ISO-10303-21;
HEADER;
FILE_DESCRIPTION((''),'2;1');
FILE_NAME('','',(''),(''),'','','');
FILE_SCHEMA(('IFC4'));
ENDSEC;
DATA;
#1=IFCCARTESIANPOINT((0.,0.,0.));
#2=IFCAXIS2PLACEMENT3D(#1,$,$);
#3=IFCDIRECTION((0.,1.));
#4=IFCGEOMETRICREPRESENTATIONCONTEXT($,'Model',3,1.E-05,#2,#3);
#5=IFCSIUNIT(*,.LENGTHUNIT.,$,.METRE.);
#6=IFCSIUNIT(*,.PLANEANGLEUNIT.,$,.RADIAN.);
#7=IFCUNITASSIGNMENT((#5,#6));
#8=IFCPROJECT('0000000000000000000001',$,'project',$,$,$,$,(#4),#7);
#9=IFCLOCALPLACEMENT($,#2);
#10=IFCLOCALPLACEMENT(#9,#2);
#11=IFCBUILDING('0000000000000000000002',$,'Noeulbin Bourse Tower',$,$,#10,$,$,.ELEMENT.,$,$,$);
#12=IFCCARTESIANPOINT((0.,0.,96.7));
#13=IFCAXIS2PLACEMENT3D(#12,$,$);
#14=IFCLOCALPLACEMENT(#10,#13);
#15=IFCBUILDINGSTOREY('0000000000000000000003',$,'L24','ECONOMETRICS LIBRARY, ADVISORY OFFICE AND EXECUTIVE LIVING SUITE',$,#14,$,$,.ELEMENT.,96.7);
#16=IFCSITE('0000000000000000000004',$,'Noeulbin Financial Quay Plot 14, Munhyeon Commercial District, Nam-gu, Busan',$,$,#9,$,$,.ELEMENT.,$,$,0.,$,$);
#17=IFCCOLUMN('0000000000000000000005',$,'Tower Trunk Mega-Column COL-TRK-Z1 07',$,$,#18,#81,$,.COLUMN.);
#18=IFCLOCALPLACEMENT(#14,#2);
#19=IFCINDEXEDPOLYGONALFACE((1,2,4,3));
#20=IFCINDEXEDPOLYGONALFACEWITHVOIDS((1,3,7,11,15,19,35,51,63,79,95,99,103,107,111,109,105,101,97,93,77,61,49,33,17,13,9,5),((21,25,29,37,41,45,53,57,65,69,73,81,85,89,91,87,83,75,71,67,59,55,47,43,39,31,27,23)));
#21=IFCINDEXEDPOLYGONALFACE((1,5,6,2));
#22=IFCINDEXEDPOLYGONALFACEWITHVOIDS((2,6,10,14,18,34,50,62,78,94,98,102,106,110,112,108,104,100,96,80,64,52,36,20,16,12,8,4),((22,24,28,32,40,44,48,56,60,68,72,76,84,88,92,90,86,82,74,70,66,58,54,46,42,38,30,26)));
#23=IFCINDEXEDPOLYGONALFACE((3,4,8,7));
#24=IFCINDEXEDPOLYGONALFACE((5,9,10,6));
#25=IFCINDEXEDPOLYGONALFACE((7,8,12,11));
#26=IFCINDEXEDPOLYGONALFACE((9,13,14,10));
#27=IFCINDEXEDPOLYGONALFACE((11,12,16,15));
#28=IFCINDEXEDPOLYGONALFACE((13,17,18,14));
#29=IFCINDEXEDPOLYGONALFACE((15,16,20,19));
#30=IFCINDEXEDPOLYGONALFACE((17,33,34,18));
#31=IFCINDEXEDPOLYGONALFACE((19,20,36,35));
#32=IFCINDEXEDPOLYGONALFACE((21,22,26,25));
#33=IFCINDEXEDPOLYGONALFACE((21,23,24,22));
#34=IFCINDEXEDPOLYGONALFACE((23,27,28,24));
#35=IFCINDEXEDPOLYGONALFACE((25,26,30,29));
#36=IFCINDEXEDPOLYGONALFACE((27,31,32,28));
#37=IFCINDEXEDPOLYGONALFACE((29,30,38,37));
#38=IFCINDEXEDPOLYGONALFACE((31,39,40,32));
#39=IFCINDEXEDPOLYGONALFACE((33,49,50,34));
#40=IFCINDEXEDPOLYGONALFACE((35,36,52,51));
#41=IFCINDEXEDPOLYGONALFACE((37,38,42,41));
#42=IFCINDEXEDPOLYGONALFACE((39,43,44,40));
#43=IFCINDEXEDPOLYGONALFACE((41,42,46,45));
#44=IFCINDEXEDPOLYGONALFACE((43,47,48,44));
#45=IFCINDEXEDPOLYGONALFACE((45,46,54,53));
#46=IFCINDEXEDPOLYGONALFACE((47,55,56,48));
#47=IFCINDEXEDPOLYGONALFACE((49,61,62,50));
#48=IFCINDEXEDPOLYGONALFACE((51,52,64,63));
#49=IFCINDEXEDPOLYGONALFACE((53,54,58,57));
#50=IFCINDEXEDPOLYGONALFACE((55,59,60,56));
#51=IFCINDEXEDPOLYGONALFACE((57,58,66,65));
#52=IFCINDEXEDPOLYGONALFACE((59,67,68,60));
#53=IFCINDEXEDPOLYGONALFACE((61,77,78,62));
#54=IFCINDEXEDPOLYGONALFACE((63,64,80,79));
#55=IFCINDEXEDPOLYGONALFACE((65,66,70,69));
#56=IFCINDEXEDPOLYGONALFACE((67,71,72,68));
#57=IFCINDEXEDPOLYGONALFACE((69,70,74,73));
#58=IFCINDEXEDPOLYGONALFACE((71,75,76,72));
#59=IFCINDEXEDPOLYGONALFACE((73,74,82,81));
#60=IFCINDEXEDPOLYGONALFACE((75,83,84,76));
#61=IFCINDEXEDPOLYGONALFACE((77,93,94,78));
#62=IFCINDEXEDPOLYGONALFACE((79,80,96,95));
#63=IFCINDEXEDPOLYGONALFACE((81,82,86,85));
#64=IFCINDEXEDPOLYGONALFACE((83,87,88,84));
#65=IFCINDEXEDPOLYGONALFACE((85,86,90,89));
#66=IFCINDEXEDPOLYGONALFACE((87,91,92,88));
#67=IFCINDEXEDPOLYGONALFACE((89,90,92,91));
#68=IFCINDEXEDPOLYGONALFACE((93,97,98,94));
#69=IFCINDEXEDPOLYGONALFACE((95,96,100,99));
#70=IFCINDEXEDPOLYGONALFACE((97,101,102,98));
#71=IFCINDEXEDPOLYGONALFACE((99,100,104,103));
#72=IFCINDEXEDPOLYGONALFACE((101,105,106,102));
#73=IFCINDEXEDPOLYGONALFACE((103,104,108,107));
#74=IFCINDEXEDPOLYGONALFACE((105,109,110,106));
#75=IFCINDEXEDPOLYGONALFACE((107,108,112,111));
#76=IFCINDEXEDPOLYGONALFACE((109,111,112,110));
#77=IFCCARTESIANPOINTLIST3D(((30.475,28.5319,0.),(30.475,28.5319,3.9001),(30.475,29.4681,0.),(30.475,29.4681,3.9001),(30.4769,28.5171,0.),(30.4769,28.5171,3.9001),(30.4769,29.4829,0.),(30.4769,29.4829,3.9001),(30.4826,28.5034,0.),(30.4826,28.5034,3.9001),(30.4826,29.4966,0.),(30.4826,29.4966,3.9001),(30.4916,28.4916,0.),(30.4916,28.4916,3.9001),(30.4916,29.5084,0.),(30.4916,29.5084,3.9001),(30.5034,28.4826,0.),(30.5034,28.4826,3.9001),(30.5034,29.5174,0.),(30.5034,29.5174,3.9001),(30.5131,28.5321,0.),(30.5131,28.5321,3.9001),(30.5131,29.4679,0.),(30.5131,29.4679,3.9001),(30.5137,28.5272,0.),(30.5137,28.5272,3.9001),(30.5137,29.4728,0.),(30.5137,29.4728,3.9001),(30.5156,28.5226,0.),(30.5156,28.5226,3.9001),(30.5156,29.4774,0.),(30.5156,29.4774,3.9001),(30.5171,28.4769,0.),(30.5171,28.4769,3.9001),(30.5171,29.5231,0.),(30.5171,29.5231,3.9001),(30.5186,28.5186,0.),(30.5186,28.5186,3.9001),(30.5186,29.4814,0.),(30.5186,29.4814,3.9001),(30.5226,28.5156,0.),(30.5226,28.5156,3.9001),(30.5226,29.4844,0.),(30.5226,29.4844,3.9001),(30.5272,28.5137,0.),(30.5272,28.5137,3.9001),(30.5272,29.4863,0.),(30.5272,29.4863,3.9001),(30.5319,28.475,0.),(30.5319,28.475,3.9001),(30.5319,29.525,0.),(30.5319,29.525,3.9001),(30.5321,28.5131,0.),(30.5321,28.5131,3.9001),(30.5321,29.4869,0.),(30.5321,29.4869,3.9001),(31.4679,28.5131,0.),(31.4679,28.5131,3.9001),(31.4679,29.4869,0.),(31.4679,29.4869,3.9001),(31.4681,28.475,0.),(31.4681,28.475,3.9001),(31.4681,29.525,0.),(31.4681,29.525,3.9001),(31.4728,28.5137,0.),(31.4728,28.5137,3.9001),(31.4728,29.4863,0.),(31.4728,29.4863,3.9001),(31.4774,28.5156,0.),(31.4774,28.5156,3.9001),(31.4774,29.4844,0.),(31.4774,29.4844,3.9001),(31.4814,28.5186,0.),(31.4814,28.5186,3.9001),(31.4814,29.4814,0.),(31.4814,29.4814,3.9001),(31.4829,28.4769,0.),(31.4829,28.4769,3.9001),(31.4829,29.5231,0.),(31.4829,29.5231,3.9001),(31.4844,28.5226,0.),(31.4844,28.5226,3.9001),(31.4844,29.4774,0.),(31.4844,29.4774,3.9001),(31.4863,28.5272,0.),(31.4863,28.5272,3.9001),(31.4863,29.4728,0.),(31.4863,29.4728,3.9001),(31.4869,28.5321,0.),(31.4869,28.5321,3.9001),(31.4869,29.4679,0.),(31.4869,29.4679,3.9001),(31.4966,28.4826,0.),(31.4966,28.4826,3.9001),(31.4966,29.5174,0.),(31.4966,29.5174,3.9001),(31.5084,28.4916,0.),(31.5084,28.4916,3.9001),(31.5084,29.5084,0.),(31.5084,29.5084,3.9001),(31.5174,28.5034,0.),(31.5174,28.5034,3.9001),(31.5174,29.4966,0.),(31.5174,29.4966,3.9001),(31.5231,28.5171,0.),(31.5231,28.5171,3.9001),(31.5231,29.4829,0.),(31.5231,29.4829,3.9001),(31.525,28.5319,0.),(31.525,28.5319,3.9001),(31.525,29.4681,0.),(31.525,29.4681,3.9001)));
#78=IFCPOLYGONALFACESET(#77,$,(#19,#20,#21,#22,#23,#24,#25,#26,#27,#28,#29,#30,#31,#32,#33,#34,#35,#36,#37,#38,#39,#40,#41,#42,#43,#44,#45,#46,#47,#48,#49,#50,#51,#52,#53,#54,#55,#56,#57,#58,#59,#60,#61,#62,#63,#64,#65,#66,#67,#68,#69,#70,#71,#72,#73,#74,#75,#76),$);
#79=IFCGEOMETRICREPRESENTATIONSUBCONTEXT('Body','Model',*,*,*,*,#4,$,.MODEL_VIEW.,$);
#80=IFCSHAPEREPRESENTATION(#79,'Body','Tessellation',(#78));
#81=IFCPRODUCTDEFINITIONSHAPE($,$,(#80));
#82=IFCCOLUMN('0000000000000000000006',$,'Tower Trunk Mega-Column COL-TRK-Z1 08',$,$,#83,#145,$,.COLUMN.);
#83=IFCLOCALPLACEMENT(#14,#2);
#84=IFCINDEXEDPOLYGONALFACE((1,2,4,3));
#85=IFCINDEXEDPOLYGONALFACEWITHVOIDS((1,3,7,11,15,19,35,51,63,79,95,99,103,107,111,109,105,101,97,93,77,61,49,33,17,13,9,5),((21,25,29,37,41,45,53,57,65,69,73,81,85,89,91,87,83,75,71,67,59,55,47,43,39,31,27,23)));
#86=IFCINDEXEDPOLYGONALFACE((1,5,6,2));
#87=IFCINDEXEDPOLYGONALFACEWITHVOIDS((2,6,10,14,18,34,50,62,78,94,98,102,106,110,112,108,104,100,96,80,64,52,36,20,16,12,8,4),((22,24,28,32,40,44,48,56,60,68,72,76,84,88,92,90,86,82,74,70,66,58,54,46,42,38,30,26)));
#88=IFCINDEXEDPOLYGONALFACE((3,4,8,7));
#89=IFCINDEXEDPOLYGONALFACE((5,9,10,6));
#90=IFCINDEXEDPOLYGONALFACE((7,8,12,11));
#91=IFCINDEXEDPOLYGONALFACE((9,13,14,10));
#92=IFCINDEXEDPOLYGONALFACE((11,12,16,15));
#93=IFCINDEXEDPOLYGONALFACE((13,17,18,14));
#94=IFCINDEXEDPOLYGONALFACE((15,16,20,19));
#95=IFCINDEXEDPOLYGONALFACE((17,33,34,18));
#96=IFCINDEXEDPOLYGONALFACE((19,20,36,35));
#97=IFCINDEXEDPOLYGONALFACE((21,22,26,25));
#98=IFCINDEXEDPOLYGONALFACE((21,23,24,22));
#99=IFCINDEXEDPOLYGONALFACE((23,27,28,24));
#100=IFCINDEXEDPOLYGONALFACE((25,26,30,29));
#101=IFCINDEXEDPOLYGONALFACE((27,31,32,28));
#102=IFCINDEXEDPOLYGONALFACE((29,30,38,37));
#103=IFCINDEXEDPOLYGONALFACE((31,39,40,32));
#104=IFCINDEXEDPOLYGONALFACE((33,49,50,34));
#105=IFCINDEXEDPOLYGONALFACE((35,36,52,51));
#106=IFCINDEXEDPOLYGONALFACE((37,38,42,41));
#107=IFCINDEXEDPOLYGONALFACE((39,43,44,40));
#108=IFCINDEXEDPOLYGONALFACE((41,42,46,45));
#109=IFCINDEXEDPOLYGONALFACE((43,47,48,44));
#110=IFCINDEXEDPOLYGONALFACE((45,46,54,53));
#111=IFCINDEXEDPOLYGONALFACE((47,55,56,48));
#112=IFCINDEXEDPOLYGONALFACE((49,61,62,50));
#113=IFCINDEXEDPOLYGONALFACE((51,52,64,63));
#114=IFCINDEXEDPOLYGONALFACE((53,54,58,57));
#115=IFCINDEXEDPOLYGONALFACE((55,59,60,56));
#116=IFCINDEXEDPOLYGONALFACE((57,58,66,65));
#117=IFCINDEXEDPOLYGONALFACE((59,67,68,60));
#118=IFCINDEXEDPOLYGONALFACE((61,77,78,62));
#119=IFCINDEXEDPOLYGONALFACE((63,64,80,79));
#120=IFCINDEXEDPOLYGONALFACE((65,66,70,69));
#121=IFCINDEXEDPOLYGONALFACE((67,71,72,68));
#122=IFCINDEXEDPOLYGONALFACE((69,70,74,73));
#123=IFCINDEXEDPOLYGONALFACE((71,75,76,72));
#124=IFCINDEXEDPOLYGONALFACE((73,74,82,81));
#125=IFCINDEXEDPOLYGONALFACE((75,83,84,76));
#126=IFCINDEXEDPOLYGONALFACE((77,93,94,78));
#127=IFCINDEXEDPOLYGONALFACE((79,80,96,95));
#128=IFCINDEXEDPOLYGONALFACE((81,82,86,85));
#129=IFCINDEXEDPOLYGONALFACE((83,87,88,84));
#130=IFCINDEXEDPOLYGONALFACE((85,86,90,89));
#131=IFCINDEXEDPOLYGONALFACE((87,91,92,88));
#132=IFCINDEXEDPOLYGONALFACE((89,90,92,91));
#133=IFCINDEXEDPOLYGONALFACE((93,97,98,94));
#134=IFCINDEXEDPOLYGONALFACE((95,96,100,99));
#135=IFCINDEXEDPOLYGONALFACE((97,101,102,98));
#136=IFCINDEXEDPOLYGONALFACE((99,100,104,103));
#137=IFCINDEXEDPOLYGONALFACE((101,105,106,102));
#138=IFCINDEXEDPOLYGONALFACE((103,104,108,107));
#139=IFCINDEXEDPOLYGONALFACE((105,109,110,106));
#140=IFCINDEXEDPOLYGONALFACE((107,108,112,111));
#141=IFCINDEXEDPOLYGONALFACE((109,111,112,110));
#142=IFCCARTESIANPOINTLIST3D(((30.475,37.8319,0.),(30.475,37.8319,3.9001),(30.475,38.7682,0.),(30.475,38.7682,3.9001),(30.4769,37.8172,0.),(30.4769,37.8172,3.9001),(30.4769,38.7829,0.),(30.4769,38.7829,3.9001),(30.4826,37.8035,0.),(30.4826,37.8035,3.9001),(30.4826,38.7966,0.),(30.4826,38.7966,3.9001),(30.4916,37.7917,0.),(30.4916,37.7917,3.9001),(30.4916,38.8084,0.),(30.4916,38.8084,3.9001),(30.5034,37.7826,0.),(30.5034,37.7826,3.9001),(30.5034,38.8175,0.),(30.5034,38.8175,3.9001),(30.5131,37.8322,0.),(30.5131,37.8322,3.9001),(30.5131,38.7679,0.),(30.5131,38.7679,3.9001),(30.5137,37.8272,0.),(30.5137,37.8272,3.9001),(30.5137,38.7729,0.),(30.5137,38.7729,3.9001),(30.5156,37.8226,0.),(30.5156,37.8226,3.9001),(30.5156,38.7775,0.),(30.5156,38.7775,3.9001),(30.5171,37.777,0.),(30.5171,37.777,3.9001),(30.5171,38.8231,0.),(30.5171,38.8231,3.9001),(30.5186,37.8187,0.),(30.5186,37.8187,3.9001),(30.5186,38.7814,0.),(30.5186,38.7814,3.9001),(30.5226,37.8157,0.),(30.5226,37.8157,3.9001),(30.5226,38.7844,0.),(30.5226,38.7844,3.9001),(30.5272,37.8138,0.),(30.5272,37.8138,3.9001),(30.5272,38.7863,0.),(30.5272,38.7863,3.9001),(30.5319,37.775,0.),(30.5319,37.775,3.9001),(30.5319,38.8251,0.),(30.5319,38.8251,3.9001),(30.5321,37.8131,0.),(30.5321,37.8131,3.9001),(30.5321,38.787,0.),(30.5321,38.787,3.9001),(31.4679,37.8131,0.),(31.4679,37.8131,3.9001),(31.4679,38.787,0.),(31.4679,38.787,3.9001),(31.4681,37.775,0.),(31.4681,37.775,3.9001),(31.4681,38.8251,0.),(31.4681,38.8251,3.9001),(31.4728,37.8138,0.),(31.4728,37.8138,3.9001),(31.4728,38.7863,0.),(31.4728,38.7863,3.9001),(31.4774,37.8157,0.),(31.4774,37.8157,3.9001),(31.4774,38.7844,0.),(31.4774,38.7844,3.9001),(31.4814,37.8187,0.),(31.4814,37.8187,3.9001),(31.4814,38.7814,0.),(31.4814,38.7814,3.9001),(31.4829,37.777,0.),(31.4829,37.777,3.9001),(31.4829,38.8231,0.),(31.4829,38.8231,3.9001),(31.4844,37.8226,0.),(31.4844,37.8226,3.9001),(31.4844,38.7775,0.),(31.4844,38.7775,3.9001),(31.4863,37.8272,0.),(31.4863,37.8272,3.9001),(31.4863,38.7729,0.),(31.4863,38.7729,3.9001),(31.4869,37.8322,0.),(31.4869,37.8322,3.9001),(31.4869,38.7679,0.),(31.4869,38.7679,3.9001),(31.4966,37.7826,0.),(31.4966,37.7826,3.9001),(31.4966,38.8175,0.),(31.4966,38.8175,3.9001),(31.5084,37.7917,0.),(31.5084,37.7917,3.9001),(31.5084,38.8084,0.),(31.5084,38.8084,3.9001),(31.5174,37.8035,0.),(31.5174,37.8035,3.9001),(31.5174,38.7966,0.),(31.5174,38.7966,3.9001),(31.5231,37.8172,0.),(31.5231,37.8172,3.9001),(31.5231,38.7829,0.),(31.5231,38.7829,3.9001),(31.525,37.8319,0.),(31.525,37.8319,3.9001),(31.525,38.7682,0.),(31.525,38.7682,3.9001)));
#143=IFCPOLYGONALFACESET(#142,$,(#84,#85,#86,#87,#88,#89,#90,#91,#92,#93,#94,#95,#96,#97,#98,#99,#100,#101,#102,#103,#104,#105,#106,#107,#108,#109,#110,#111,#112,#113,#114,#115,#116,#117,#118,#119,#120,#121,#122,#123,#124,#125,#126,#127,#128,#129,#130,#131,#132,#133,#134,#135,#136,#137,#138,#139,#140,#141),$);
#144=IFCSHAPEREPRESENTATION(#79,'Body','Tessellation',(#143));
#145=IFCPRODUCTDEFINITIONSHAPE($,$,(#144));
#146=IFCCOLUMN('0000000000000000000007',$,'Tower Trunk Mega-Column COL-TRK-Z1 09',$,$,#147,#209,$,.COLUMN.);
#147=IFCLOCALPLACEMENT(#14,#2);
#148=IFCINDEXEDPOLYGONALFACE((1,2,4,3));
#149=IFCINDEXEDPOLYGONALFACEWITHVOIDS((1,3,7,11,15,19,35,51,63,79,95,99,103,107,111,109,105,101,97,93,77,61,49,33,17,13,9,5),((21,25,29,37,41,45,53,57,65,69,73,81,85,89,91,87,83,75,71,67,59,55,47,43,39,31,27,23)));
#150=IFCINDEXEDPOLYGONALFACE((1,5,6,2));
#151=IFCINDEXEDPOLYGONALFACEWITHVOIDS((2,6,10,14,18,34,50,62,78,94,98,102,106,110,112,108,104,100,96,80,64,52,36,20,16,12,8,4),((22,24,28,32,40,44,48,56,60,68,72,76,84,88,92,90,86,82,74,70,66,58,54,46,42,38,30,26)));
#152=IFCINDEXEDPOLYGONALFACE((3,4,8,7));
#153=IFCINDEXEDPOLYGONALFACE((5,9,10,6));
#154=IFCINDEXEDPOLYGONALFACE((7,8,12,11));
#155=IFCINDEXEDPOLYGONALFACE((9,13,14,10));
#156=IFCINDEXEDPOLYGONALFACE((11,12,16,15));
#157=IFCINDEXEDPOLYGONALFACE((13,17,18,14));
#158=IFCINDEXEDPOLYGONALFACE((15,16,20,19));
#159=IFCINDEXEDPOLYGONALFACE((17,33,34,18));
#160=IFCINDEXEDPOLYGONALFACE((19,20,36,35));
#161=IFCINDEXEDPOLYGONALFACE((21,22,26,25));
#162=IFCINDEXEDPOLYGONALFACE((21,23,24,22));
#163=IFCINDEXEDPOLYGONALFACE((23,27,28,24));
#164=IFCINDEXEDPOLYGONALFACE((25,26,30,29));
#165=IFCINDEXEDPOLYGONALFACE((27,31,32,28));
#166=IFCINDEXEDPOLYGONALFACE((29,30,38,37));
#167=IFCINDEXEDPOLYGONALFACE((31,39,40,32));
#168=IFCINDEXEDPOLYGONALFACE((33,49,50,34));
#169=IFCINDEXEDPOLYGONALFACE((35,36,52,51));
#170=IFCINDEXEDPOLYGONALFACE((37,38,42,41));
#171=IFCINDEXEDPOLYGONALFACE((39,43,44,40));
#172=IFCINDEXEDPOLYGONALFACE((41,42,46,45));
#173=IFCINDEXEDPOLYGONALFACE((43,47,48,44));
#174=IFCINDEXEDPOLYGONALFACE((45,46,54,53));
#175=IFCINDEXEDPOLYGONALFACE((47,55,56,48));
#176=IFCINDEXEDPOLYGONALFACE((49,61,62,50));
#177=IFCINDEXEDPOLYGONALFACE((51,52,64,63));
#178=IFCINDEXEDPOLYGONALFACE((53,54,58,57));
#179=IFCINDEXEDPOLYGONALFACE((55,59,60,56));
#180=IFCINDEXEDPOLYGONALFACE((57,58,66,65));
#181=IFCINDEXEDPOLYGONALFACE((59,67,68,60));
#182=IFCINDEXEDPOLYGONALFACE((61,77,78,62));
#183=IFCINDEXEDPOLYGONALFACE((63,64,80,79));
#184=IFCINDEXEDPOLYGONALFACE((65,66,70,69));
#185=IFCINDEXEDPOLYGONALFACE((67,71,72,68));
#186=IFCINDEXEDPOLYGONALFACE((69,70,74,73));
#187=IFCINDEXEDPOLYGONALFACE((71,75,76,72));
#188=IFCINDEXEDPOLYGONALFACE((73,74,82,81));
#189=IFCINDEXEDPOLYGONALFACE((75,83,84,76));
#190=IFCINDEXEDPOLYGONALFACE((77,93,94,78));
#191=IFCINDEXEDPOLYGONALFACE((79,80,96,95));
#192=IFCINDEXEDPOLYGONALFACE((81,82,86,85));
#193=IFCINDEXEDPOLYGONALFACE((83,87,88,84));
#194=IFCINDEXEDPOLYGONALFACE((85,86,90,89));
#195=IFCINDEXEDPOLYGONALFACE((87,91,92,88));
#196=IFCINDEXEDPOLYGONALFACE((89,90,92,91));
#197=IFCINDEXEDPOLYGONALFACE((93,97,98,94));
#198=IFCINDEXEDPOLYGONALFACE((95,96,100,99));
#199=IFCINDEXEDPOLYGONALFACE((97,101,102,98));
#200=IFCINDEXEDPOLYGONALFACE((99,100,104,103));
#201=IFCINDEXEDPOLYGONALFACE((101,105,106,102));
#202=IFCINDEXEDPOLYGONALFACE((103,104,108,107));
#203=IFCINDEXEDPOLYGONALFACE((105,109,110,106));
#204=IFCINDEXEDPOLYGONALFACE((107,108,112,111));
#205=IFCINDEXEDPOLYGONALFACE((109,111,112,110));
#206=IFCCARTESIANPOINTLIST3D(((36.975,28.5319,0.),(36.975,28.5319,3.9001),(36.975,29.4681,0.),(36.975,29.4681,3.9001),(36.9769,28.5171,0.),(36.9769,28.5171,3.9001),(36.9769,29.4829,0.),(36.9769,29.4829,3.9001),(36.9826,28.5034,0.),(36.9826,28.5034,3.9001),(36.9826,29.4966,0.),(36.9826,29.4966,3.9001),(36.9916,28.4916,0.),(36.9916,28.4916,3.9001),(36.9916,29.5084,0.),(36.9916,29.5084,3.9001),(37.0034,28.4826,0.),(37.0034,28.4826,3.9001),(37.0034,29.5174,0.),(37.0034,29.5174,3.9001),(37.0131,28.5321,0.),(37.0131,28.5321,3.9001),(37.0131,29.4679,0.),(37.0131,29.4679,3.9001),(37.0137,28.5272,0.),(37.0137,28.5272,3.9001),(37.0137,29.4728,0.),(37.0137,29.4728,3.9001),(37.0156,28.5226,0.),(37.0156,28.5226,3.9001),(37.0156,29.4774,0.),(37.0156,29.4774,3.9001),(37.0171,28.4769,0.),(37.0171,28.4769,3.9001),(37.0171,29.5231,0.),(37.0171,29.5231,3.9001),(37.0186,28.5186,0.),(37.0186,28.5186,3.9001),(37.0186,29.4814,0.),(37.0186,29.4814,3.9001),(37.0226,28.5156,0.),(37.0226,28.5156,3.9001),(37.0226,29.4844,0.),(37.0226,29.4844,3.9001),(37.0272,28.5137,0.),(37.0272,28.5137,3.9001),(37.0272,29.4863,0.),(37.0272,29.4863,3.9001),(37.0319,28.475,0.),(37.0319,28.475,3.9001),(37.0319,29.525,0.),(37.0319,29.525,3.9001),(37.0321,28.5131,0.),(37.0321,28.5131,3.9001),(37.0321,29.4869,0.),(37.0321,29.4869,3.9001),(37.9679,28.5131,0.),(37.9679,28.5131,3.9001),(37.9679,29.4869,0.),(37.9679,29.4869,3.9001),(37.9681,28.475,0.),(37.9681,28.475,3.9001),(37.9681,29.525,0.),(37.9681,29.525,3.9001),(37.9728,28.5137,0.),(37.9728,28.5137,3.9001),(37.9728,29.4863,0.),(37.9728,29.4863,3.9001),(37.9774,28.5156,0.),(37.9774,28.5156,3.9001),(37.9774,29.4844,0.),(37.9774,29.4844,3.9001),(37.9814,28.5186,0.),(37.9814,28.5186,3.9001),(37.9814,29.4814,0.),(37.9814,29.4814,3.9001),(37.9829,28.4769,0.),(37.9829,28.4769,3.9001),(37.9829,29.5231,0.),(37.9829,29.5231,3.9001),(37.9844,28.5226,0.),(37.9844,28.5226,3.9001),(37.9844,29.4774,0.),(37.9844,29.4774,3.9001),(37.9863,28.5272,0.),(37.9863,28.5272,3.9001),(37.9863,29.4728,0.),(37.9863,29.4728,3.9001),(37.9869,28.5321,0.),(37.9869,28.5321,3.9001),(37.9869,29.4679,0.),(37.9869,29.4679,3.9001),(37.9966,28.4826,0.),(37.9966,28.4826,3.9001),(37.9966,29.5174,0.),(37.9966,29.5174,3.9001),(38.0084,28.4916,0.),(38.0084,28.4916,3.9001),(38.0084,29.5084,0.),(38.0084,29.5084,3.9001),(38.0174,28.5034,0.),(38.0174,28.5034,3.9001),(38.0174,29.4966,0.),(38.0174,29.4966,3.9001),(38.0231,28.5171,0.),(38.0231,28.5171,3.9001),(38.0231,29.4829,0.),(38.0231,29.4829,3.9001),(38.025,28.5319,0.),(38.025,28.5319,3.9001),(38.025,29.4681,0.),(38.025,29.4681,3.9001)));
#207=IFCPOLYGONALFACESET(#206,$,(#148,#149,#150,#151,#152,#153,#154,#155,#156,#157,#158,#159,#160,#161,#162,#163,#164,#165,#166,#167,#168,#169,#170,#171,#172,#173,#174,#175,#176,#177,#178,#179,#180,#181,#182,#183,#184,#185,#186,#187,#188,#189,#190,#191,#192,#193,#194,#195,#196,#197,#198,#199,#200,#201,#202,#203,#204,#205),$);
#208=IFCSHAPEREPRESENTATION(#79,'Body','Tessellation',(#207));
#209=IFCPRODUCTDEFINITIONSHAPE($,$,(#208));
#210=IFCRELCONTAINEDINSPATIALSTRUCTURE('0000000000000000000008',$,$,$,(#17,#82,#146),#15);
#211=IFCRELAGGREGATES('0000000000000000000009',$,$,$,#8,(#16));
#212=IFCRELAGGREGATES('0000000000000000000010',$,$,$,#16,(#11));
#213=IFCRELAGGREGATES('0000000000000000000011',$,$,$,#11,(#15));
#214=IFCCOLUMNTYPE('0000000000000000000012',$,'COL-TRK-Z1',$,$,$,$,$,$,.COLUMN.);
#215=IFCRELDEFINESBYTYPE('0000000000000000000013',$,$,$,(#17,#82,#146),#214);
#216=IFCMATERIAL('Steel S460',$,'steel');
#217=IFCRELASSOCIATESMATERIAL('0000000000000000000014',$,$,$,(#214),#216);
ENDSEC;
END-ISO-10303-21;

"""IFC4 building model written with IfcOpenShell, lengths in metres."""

from ifc_helpers import new_model, si_unit, direction, frame, origin, origin_2d, place, context, subcontext, project, spatial, hollow_rectangle, extrude, material, material_profile, profile_set, type_object, element, save


model = new_model("IFC4")

# Units and contexts
model_context = context("Model", 3, precision=1e-05, world=origin(), true_north=direction((0.0, 1.0)))
body_context = subcontext(model_context, "Body", "Model", "MODEL_VIEW")
ifc_project = project(units=[si_unit("LENGTHUNIT", "METRE"), si_unit("PLANEANGLEUNIT", "RADIAN")], contexts=[model_context])

# Site, building, storey
site_placement = place(None, origin())
site = spatial("IfcSite", under=ifc_project, at=site_placement, Name="Noeulbin Financial Quay Plot 14, Munhyeon Commercial District, Nam-gu, Busan", CompositionType="ELEMENT", RefElevation=0.0)
building_placement = place(site_placement, origin())
building = spatial("IfcBuilding", under=site, at=building_placement, Name="Noeulbin Bourse Tower", CompositionType="ELEMENT")
storey_placement = place(building_placement, frame((0.0, 0.0, 96.7)))
storey = spatial("IfcBuildingStorey", under=building, at=storey_placement, Name="L24", Description="ECONOMETRICS LIBRARY, ADVISORY OFFICE AND EXECUTIVE LIVING SUITE", CompositionType="ELEMENT", Elevation=96.7)

# Columns
ifc_material_1 = material(Name="Steel S460", Category="steel")
ifc_material_profile_1 = material_profile(ifc_material_1, hollow_rectangle(XDim=1.05, YDim=1.05, WallThickness=0.0381, InnerFilletRadius=0.019, OuterFilletRadius=0.0569, at=origin_2d()), Name="BOX-1050x1050x38", Category="LoadBearing")
ifc_profile_set_1 = profile_set([ifc_material_profile_1], Name="Steel S460")
column_type = type_object("IfcColumnType", Name="COL-TRK-Z1", PredefinedType="COLUMN", material=ifc_profile_set_1)
for number, where, z_axis, x_axis, name in (
    (1, (31.0, 29.0, 0.0), (0.0, 0.0, 1.0), (1.0, 0.0, 0.0), "Tower Trunk Mega-Column COL-TRK-Z1 07"),
    (2, (31.0, 38.3, 0.0), (0.0, 0.0, 1.0), (1.0, 0.0, 0.0), "Tower Trunk Mega-Column COL-TRK-Z1 08"),
    (3, (37.5, 29.0, 0.0), (0.0, 0.0, 1.0), (1.0, 0.0, 0.0), "Tower Trunk Mega-Column COL-TRK-Z1 09"),
):
    element("IfcColumn", number, at=place(storey_placement, frame(where, z_axis=z_axis, x_axis=x_axis)), inside=storey, type_object=column_type, Name=name, PredefinedType="COLUMN", context=body_context, shape_type="SweptSolid", body=[
        extrude(hollow_rectangle(XDim=1.05, YDim=1.05, WallThickness=0.0381, InnerFilletRadius=0.019, OuterFilletRadius=0.0569, at=origin_2d()), origin(), (0.0, 0.0, 1.0), 3.9001),
    ])

save(model, "model.ifc")
